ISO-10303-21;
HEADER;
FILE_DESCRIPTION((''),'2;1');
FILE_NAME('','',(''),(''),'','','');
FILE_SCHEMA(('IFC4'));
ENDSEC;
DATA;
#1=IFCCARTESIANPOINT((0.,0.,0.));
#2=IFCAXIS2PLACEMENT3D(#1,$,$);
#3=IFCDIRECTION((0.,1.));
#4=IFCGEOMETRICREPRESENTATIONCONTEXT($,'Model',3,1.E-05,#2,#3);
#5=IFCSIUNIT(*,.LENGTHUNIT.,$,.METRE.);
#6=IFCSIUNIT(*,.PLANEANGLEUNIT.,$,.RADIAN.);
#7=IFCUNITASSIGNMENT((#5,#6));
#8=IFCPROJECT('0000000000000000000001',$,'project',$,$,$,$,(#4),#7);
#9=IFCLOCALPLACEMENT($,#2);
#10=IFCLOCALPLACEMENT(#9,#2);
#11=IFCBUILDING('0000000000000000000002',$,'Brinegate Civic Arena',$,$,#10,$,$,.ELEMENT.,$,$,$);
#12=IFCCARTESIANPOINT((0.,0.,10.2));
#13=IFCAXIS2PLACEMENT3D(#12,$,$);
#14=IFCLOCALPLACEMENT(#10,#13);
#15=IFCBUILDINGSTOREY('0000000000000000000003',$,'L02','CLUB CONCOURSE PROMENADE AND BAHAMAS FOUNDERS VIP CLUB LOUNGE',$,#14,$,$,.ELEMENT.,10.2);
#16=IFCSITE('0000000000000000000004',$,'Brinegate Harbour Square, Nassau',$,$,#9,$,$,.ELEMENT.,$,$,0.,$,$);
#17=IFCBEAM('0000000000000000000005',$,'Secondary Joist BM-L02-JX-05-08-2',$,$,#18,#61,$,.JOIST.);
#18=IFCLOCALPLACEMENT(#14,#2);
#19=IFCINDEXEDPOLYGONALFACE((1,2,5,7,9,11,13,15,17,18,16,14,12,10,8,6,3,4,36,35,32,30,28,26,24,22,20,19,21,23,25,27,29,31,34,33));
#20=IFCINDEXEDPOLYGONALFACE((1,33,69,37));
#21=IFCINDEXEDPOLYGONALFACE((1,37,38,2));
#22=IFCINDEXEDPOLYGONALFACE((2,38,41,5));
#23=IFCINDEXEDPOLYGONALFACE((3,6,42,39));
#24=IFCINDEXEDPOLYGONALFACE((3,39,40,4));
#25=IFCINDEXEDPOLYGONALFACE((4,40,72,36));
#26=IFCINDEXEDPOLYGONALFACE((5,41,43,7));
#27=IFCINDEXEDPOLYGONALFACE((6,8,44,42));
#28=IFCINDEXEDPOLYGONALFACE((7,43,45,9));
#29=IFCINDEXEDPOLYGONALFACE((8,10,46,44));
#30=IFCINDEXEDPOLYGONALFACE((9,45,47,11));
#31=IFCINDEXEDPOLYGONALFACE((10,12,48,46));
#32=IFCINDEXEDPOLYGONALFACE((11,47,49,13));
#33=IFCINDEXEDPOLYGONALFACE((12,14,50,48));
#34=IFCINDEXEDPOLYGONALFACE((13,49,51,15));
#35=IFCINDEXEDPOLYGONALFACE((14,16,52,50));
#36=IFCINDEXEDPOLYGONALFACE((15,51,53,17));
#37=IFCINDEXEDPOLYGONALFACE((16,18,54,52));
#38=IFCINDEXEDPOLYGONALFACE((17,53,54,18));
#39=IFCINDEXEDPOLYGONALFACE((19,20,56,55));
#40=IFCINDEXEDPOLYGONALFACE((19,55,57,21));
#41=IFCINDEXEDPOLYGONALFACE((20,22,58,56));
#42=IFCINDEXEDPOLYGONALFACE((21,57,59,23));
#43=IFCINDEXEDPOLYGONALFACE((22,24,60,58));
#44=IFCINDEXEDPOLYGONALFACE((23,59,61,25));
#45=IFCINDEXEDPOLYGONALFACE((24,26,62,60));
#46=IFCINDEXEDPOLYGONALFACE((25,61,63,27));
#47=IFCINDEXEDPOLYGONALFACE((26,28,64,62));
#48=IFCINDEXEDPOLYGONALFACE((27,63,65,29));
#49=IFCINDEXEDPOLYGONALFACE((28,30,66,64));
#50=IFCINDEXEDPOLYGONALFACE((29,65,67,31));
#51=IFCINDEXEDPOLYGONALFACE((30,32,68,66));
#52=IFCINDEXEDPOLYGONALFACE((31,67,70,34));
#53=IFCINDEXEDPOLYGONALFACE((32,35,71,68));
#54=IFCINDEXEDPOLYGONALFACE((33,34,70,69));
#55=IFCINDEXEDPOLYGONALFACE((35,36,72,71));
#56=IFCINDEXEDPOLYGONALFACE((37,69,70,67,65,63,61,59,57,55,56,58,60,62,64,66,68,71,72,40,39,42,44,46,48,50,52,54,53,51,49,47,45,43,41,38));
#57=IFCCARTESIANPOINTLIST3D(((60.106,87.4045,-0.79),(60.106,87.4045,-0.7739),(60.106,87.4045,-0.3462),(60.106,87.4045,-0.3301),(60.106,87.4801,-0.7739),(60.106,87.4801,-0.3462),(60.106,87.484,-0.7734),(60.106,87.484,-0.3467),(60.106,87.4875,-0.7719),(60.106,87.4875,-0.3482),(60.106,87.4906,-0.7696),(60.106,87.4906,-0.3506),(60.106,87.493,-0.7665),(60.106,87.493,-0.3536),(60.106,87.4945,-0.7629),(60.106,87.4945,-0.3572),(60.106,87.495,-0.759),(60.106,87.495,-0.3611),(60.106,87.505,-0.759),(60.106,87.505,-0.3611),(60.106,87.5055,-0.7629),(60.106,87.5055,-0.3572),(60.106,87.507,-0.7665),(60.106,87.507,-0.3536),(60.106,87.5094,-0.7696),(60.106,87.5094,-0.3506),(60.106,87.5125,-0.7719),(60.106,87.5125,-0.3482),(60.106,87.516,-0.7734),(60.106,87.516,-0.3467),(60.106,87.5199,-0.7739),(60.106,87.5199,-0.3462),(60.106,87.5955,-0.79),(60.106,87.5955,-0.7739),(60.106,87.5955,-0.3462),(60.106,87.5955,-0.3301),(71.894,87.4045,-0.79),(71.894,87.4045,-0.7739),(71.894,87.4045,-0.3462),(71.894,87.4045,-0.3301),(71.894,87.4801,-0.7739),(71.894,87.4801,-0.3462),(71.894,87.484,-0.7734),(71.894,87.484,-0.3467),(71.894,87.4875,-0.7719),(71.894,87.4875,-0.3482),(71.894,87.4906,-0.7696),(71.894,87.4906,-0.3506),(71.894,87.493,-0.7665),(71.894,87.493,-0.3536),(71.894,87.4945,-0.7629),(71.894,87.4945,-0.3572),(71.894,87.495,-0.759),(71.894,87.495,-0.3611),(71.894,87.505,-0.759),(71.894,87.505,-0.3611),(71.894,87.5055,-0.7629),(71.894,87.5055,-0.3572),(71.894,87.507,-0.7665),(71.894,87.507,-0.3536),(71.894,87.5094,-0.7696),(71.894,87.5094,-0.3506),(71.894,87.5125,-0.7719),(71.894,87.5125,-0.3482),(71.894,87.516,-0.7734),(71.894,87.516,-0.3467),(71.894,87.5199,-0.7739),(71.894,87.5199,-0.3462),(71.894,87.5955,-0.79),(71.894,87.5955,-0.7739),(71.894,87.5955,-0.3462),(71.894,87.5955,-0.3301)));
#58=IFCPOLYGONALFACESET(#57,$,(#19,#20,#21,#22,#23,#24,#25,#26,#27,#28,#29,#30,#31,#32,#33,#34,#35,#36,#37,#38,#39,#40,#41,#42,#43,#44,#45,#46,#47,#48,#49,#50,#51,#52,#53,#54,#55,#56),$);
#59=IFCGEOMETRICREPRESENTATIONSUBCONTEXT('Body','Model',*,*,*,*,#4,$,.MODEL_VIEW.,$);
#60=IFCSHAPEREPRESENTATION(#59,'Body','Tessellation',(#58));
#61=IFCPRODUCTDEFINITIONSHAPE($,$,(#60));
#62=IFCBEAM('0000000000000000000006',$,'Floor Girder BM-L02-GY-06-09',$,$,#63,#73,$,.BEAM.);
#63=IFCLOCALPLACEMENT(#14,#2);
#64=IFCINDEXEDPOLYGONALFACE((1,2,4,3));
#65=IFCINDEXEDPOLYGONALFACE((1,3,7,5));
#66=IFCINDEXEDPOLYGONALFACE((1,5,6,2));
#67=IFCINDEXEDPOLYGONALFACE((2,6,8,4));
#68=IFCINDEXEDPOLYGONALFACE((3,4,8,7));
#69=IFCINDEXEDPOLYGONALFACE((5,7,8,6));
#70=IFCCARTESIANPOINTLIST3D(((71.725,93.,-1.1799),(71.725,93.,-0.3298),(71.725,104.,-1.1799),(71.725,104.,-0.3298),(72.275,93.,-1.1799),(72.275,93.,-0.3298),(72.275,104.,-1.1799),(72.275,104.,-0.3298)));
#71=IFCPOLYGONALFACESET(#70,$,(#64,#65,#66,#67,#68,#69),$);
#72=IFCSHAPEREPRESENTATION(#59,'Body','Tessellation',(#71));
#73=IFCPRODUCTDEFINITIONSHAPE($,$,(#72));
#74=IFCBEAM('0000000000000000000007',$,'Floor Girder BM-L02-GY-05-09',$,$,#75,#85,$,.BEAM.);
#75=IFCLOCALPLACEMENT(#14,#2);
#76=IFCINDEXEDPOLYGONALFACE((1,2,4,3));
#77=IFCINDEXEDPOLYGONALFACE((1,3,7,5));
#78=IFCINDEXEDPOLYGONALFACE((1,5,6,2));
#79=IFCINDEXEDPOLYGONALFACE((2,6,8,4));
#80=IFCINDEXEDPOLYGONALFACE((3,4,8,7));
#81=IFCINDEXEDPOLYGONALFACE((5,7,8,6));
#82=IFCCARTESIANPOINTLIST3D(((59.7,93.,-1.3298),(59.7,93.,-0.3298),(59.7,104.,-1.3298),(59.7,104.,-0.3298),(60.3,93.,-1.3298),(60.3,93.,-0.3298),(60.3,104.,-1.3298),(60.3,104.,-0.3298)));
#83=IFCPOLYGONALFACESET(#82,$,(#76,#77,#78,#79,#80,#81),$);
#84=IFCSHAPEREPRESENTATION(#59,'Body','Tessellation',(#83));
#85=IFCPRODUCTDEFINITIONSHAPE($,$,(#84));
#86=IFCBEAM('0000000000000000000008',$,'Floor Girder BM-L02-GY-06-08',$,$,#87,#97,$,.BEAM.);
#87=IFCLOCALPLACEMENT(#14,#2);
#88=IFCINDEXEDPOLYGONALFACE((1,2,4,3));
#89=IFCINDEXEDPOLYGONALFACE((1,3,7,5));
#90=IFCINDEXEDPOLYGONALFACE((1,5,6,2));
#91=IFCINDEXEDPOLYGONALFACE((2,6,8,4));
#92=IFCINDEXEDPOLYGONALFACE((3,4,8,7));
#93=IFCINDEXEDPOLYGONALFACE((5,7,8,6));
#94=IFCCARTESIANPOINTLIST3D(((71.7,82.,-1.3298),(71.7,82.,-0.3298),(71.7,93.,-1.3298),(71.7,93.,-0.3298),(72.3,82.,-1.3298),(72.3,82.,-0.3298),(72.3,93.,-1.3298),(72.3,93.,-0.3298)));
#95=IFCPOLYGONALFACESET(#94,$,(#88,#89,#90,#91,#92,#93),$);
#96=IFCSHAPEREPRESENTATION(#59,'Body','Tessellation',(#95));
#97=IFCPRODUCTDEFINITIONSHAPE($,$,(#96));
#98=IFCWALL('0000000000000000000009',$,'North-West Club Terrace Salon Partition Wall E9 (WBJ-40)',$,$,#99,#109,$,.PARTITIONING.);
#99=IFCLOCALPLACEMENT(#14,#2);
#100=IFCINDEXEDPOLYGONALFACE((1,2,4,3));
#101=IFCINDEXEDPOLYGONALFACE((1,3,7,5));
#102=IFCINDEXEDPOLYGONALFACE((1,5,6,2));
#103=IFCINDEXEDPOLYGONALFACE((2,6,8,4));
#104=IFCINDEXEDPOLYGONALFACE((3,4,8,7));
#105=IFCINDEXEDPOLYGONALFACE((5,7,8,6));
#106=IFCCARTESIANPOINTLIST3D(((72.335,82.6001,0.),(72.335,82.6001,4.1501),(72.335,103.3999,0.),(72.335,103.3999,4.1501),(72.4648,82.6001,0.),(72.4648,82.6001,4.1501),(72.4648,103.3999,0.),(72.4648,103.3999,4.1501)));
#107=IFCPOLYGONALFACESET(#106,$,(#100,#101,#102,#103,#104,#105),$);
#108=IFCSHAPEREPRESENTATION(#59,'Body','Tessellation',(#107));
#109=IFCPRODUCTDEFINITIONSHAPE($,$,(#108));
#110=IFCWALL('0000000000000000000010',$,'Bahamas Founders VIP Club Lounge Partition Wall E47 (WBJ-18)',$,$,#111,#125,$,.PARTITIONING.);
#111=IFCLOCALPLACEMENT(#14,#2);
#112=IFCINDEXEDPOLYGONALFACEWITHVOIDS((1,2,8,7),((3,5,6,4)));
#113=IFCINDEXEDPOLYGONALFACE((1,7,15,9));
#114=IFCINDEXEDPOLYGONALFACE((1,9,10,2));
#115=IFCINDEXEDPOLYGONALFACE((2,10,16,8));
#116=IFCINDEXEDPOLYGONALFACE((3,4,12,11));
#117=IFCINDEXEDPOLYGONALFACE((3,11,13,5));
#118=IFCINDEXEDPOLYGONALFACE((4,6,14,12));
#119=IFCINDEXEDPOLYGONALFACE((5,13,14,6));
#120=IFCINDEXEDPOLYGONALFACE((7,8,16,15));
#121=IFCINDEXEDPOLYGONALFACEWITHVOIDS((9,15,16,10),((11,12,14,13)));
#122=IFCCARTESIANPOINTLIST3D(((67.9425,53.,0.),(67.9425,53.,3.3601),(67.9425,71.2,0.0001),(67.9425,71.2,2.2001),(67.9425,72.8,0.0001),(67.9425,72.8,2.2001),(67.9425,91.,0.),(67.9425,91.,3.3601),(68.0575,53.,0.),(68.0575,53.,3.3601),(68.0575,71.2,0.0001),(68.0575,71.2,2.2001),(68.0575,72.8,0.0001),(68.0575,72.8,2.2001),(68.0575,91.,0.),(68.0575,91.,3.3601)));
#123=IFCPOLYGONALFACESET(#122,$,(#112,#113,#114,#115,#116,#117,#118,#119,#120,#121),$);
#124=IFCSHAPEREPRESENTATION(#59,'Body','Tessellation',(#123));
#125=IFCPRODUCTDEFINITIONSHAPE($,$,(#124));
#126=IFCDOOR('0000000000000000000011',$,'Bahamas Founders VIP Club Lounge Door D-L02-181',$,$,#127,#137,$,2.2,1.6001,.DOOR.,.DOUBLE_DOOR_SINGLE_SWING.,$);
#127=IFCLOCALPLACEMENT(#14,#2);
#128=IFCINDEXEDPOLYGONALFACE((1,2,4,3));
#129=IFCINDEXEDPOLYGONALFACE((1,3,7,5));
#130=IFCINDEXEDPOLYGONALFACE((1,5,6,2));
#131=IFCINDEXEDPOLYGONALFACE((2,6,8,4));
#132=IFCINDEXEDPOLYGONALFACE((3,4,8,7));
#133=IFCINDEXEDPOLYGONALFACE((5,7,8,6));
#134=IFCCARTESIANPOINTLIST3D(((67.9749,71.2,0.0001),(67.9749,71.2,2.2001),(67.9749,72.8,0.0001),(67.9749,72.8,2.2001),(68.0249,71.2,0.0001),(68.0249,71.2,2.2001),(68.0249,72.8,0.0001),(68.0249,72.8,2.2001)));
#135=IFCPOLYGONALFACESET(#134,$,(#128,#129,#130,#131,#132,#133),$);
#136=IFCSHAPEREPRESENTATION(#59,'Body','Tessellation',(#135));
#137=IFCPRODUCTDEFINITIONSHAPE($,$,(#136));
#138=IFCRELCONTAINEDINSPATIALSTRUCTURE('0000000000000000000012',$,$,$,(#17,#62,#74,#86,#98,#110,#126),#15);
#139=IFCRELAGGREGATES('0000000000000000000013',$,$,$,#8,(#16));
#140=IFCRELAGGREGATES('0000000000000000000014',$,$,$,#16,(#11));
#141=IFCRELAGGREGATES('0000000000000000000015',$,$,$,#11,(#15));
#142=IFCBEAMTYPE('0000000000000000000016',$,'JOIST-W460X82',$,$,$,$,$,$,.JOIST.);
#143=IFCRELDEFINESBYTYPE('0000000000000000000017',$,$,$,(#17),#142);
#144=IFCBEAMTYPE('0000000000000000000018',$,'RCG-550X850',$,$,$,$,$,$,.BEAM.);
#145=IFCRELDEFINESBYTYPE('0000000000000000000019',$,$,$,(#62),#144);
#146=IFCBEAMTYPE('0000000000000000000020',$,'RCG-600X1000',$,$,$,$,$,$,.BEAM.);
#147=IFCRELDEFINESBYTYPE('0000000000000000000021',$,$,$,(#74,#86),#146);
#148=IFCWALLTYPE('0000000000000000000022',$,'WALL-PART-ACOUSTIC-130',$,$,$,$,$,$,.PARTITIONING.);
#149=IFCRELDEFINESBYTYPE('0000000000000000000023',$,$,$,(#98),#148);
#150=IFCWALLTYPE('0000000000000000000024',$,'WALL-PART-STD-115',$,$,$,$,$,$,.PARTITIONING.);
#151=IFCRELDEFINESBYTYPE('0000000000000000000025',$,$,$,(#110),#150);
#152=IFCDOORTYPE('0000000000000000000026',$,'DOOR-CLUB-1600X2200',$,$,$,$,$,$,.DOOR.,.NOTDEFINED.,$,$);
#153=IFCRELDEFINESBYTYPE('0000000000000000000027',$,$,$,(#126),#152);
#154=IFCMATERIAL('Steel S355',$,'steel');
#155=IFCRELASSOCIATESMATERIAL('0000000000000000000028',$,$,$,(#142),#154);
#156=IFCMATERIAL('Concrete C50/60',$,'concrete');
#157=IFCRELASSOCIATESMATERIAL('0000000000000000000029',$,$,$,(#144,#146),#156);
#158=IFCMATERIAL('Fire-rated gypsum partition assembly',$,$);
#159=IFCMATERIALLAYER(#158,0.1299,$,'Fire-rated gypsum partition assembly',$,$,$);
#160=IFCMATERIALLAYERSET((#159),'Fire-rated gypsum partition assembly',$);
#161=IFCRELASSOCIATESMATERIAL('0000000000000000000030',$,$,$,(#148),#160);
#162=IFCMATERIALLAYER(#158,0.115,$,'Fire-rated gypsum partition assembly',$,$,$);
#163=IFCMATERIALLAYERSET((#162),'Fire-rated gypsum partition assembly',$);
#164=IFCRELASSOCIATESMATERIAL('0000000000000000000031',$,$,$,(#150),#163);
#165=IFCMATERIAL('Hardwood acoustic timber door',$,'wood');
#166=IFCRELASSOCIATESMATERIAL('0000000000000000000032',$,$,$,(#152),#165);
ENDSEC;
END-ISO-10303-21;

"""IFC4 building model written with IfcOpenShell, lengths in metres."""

from ifc_helpers import new_model, si_unit, direction, frame, frame_2d, origin, origin_2d, place, context, subcontext, project, spatial, rectangle, i_section, extrude, material, layer, layer_set, material_profile, profile_set, type_object, element, fill, save


model = new_model("IFC4")

# Units and contexts
model_context = context("Model", 3, precision=1e-05, world=origin(), true_north=direction((0.0, 1.0)))
body_context = subcontext(model_context, "Body", "Model", "MODEL_VIEW")
ifc_project = project(units=[si_unit("LENGTHUNIT", "METRE"), si_unit("PLANEANGLEUNIT", "RADIAN")], contexts=[model_context])

# Site, building, storey
site_placement = place(None, origin())
site = spatial("IfcSite", under=ifc_project, at=site_placement, Name="Brinegate Harbour Square, Nassau", CompositionType="ELEMENT", RefElevation=0.0)
building_placement = place(site_placement, origin())
building = spatial("IfcBuilding", under=site, at=building_placement, Name="Brinegate Civic Arena", CompositionType="ELEMENT")
storey_placement = place(building_placement, frame((0.0, 0.0, 10.2)))
storey = spatial("IfcBuildingStorey", under=building, at=storey_placement, Name="L02", Description="CLUB CONCOURSE PROMENADE AND BAHAMAS FOUNDERS VIP CLUB LOUNGE", CompositionType="ELEMENT", Elevation=10.2)

# Shared definitions
ifc_material_1 = material(Name="Concrete C50/60", Category="concrete")

# Beams
ifc_material_2 = material(Name="Steel S355", Category="steel")
ifc_material_profile_1 = material_profile(ifc_material_2, i_section(OverallWidth=0.1909, OverallDepth=0.46, WebThickness=0.01, FlangeThickness=0.0161, FilletRadius=0.0149, at=origin_2d()), Name="W460X82")
ifc_profile_set_1 = profile_set([ifc_material_profile_1], Name="Steel S355")
beam_type_1 = type_object("IfcBeamType", Name="JOIST-W460X82", PredefinedType="JOIST", material=ifc_profile_set_1)
beam_1_placement = place(storey_placement, frame((60.106, 87.5, -0.5601), z_axis=(1.0, 0.0, 0.0), x_axis=(0.0, 1.0, 0.0)))
element("IfcBeam", 1, at=beam_1_placement, inside=storey, type_object=beam_type_1, Name="Secondary Joist BM-L02-JX-05-08-2", PredefinedType="JOIST", context=body_context, shape_type="SweptSolid", body=[
    extrude(i_section(OverallWidth=0.1909, OverallDepth=0.46, WebThickness=0.01, FlangeThickness=0.0161, FilletRadius=0.0149, at=origin_2d()), origin(), (0.0, 0.0, 1.0), 11.7881),
])
ifc_material_profile_2 = material_profile(ifc_material_1, rectangle(XDim=0.55, YDim=0.8501, at=origin_2d()), Name="RCB550X850")
ifc_profile_set_2 = profile_set([ifc_material_profile_2], Name="Concrete C50/60")
beam_type_2 = type_object("IfcBeamType", Name="RCG-550X850", PredefinedType="BEAM", material=ifc_profile_set_2)
beam_2_placement = place(storey_placement, frame((72.0, 93.0, -0.7549), z_axis=(0.0, 1.0, 0.0), x_axis=(-1.0, 0.0, 0.0)))
element("IfcBeam", 2, at=beam_2_placement, inside=storey, type_object=beam_type_2, Name="Floor Girder BM-L02-GY-06-09", PredefinedType="BEAM", context=body_context, shape_type="SweptSolid", body=[
    extrude(rectangle(XDim=0.55, YDim=0.8501, at=origin_2d()), origin(), (0.0, 0.0, 1.0), 11.0),
])
ifc_material_profile_3 = material_profile(ifc_material_1, rectangle(XDim=0.6001, YDim=1.0, at=origin_2d()), Name="RCB600X1000")
ifc_profile_set_3 = profile_set([ifc_material_profile_3], Name="Concrete C50/60")
beam_type_3 = type_object("IfcBeamType", Name="RCG-600X1000", PredefinedType="BEAM", material=ifc_profile_set_3)
for number, where, z_axis, x_axis, name in (
    (3, (60.0, 93.0, -0.8298), (0.0, 1.0, 0.0), (-1.0, 0.0, 0.0), "Floor Girder BM-L02-GY-05-09"),
    (4, (72.0, 82.0, -0.8298), (0.0, 1.0, 0.0), (-1.0, 0.0, 0.0), "Floor Girder BM-L02-GY-06-08"),
):
    element("IfcBeam", number, at=place(storey_placement, frame(where, z_axis=z_axis, x_axis=x_axis)), inside=storey, type_object=beam_type_3, Name=name, PredefinedType="BEAM", context=body_context, shape_type="SweptSolid", body=[
        extrude(rectangle(XDim=0.6001, YDim=1.0, at=origin_2d()), origin(), (0.0, 0.0, 1.0), 11.0),
    ])

# Wall
ifc_material_3 = material(Name="Fire-rated gypsum partition assembly")
ifc_layer_1 = layer(ifc_material_3, 0.1299, Name="Fire-rated gypsum partition assembly")
ifc_layer_set_1 = layer_set([ifc_layer_1], Name="Fire-rated gypsum partition assembly")
wall_type_1 = type_object("IfcWallType", Name="WALL-PART-ACOUSTIC-130", PredefinedType="PARTITIONING", material=ifc_layer_set_1)
wall_1_placement = place(storey_placement, frame((72.3999, 82.6001, 0.0), z_axis=(0.0, 0.0, 1.0), x_axis=(0.0, 1.0, 0.0)))
element("IfcWall", 5, at=wall_1_placement, inside=storey, type_object=wall_type_1, Name="North-West Club Terrace Salon Partition Wall E9 (WBJ-40)", PredefinedType="PARTITIONING", context=body_context, shape_type="SweptSolid", body=[
    extrude(rectangle(XDim=20.7998, YDim=0.1299, at=frame_2d((10.3999, 0.0))), origin(), (0.0, 0.0, 1.0), 4.1501),
])

# Wall, opening, door
ifc_layer_2 = layer(ifc_material_3, 0.115, Name="Fire-rated gypsum partition assembly")
ifc_layer_set_2 = layer_set([ifc_layer_2], Name="Fire-rated gypsum partition assembly")
wall_type_2 = type_object("IfcWallType", Name="WALL-PART-STD-115", PredefinedType="PARTITIONING", material=ifc_layer_set_2)
wall_2_placement = place(storey_placement, frame((68.0, 91.0, 0.0), z_axis=(0.0, 0.0, 1.0), x_axis=(0.0, -1.0, 0.0)))
wall_2 = element("IfcWall", 6, at=wall_2_placement, inside=storey, type_object=wall_type_2, Name="Bahamas Founders VIP Club Lounge Partition Wall E47 (WBJ-18)", PredefinedType="PARTITIONING", context=body_context, shape_type="SweptSolid", body=[
    extrude(rectangle(XDim=38.0, YDim=0.115, at=frame_2d((19.0, 0.0))), origin(), (0.0, 0.0, 1.0), 3.3601),
])
opening_placement = place(wall_2_placement, frame((18.2, 0.0, 0.0)))
opening = element("IfcOpeningElement", 7, at=opening_placement, cuts=wall_2, PredefinedType="OPENING", context=body_context, shape_type="SweptSolid", body=[
    extrude(rectangle(XDim=1.6001, YDim=2.2, at=frame_2d((0.8, 1.1001))), frame((0.0, 0.0674, 0.0), z_axis=(0.0, -1.0, 0.0), x_axis=(1.0, 0.0, 0.0)), (0.0, 0.0, 1.0), 0.135),
])
ifc_material_4 = material(Name="Hardwood acoustic timber door", Category="wood")
door_type = type_object("IfcDoorType", Name="DOOR-CLUB-1600X2200", OperationType="NOTDEFINED", PredefinedType="DOOR", material=ifc_material_4)
door_placement = place(opening_placement, origin())
door = element("IfcDoor", 8, at=door_placement, inside=storey, type_object=door_type, Name="Bahamas Founders VIP Club Lounge Door D-L02-181", OperationType="DOUBLE_DOOR_SINGLE_SWING", OverallHeight=2.2, OverallWidth=1.6001, PredefinedType="DOOR", context=body_context, shape_type="SweptSolid", body=[
    extrude(rectangle(XDim=1.6001, YDim=2.2, at=frame_2d((0.8, 1.1001))), frame((0.0, 0.0249, 0.0), z_axis=(0.0, -1.0, 0.0), x_axis=(1.0, 0.0, 0.0)), (0.0, 0.0, 1.0), 0.05),
])
fill(opening, door)

save(model, "model.ifc")
